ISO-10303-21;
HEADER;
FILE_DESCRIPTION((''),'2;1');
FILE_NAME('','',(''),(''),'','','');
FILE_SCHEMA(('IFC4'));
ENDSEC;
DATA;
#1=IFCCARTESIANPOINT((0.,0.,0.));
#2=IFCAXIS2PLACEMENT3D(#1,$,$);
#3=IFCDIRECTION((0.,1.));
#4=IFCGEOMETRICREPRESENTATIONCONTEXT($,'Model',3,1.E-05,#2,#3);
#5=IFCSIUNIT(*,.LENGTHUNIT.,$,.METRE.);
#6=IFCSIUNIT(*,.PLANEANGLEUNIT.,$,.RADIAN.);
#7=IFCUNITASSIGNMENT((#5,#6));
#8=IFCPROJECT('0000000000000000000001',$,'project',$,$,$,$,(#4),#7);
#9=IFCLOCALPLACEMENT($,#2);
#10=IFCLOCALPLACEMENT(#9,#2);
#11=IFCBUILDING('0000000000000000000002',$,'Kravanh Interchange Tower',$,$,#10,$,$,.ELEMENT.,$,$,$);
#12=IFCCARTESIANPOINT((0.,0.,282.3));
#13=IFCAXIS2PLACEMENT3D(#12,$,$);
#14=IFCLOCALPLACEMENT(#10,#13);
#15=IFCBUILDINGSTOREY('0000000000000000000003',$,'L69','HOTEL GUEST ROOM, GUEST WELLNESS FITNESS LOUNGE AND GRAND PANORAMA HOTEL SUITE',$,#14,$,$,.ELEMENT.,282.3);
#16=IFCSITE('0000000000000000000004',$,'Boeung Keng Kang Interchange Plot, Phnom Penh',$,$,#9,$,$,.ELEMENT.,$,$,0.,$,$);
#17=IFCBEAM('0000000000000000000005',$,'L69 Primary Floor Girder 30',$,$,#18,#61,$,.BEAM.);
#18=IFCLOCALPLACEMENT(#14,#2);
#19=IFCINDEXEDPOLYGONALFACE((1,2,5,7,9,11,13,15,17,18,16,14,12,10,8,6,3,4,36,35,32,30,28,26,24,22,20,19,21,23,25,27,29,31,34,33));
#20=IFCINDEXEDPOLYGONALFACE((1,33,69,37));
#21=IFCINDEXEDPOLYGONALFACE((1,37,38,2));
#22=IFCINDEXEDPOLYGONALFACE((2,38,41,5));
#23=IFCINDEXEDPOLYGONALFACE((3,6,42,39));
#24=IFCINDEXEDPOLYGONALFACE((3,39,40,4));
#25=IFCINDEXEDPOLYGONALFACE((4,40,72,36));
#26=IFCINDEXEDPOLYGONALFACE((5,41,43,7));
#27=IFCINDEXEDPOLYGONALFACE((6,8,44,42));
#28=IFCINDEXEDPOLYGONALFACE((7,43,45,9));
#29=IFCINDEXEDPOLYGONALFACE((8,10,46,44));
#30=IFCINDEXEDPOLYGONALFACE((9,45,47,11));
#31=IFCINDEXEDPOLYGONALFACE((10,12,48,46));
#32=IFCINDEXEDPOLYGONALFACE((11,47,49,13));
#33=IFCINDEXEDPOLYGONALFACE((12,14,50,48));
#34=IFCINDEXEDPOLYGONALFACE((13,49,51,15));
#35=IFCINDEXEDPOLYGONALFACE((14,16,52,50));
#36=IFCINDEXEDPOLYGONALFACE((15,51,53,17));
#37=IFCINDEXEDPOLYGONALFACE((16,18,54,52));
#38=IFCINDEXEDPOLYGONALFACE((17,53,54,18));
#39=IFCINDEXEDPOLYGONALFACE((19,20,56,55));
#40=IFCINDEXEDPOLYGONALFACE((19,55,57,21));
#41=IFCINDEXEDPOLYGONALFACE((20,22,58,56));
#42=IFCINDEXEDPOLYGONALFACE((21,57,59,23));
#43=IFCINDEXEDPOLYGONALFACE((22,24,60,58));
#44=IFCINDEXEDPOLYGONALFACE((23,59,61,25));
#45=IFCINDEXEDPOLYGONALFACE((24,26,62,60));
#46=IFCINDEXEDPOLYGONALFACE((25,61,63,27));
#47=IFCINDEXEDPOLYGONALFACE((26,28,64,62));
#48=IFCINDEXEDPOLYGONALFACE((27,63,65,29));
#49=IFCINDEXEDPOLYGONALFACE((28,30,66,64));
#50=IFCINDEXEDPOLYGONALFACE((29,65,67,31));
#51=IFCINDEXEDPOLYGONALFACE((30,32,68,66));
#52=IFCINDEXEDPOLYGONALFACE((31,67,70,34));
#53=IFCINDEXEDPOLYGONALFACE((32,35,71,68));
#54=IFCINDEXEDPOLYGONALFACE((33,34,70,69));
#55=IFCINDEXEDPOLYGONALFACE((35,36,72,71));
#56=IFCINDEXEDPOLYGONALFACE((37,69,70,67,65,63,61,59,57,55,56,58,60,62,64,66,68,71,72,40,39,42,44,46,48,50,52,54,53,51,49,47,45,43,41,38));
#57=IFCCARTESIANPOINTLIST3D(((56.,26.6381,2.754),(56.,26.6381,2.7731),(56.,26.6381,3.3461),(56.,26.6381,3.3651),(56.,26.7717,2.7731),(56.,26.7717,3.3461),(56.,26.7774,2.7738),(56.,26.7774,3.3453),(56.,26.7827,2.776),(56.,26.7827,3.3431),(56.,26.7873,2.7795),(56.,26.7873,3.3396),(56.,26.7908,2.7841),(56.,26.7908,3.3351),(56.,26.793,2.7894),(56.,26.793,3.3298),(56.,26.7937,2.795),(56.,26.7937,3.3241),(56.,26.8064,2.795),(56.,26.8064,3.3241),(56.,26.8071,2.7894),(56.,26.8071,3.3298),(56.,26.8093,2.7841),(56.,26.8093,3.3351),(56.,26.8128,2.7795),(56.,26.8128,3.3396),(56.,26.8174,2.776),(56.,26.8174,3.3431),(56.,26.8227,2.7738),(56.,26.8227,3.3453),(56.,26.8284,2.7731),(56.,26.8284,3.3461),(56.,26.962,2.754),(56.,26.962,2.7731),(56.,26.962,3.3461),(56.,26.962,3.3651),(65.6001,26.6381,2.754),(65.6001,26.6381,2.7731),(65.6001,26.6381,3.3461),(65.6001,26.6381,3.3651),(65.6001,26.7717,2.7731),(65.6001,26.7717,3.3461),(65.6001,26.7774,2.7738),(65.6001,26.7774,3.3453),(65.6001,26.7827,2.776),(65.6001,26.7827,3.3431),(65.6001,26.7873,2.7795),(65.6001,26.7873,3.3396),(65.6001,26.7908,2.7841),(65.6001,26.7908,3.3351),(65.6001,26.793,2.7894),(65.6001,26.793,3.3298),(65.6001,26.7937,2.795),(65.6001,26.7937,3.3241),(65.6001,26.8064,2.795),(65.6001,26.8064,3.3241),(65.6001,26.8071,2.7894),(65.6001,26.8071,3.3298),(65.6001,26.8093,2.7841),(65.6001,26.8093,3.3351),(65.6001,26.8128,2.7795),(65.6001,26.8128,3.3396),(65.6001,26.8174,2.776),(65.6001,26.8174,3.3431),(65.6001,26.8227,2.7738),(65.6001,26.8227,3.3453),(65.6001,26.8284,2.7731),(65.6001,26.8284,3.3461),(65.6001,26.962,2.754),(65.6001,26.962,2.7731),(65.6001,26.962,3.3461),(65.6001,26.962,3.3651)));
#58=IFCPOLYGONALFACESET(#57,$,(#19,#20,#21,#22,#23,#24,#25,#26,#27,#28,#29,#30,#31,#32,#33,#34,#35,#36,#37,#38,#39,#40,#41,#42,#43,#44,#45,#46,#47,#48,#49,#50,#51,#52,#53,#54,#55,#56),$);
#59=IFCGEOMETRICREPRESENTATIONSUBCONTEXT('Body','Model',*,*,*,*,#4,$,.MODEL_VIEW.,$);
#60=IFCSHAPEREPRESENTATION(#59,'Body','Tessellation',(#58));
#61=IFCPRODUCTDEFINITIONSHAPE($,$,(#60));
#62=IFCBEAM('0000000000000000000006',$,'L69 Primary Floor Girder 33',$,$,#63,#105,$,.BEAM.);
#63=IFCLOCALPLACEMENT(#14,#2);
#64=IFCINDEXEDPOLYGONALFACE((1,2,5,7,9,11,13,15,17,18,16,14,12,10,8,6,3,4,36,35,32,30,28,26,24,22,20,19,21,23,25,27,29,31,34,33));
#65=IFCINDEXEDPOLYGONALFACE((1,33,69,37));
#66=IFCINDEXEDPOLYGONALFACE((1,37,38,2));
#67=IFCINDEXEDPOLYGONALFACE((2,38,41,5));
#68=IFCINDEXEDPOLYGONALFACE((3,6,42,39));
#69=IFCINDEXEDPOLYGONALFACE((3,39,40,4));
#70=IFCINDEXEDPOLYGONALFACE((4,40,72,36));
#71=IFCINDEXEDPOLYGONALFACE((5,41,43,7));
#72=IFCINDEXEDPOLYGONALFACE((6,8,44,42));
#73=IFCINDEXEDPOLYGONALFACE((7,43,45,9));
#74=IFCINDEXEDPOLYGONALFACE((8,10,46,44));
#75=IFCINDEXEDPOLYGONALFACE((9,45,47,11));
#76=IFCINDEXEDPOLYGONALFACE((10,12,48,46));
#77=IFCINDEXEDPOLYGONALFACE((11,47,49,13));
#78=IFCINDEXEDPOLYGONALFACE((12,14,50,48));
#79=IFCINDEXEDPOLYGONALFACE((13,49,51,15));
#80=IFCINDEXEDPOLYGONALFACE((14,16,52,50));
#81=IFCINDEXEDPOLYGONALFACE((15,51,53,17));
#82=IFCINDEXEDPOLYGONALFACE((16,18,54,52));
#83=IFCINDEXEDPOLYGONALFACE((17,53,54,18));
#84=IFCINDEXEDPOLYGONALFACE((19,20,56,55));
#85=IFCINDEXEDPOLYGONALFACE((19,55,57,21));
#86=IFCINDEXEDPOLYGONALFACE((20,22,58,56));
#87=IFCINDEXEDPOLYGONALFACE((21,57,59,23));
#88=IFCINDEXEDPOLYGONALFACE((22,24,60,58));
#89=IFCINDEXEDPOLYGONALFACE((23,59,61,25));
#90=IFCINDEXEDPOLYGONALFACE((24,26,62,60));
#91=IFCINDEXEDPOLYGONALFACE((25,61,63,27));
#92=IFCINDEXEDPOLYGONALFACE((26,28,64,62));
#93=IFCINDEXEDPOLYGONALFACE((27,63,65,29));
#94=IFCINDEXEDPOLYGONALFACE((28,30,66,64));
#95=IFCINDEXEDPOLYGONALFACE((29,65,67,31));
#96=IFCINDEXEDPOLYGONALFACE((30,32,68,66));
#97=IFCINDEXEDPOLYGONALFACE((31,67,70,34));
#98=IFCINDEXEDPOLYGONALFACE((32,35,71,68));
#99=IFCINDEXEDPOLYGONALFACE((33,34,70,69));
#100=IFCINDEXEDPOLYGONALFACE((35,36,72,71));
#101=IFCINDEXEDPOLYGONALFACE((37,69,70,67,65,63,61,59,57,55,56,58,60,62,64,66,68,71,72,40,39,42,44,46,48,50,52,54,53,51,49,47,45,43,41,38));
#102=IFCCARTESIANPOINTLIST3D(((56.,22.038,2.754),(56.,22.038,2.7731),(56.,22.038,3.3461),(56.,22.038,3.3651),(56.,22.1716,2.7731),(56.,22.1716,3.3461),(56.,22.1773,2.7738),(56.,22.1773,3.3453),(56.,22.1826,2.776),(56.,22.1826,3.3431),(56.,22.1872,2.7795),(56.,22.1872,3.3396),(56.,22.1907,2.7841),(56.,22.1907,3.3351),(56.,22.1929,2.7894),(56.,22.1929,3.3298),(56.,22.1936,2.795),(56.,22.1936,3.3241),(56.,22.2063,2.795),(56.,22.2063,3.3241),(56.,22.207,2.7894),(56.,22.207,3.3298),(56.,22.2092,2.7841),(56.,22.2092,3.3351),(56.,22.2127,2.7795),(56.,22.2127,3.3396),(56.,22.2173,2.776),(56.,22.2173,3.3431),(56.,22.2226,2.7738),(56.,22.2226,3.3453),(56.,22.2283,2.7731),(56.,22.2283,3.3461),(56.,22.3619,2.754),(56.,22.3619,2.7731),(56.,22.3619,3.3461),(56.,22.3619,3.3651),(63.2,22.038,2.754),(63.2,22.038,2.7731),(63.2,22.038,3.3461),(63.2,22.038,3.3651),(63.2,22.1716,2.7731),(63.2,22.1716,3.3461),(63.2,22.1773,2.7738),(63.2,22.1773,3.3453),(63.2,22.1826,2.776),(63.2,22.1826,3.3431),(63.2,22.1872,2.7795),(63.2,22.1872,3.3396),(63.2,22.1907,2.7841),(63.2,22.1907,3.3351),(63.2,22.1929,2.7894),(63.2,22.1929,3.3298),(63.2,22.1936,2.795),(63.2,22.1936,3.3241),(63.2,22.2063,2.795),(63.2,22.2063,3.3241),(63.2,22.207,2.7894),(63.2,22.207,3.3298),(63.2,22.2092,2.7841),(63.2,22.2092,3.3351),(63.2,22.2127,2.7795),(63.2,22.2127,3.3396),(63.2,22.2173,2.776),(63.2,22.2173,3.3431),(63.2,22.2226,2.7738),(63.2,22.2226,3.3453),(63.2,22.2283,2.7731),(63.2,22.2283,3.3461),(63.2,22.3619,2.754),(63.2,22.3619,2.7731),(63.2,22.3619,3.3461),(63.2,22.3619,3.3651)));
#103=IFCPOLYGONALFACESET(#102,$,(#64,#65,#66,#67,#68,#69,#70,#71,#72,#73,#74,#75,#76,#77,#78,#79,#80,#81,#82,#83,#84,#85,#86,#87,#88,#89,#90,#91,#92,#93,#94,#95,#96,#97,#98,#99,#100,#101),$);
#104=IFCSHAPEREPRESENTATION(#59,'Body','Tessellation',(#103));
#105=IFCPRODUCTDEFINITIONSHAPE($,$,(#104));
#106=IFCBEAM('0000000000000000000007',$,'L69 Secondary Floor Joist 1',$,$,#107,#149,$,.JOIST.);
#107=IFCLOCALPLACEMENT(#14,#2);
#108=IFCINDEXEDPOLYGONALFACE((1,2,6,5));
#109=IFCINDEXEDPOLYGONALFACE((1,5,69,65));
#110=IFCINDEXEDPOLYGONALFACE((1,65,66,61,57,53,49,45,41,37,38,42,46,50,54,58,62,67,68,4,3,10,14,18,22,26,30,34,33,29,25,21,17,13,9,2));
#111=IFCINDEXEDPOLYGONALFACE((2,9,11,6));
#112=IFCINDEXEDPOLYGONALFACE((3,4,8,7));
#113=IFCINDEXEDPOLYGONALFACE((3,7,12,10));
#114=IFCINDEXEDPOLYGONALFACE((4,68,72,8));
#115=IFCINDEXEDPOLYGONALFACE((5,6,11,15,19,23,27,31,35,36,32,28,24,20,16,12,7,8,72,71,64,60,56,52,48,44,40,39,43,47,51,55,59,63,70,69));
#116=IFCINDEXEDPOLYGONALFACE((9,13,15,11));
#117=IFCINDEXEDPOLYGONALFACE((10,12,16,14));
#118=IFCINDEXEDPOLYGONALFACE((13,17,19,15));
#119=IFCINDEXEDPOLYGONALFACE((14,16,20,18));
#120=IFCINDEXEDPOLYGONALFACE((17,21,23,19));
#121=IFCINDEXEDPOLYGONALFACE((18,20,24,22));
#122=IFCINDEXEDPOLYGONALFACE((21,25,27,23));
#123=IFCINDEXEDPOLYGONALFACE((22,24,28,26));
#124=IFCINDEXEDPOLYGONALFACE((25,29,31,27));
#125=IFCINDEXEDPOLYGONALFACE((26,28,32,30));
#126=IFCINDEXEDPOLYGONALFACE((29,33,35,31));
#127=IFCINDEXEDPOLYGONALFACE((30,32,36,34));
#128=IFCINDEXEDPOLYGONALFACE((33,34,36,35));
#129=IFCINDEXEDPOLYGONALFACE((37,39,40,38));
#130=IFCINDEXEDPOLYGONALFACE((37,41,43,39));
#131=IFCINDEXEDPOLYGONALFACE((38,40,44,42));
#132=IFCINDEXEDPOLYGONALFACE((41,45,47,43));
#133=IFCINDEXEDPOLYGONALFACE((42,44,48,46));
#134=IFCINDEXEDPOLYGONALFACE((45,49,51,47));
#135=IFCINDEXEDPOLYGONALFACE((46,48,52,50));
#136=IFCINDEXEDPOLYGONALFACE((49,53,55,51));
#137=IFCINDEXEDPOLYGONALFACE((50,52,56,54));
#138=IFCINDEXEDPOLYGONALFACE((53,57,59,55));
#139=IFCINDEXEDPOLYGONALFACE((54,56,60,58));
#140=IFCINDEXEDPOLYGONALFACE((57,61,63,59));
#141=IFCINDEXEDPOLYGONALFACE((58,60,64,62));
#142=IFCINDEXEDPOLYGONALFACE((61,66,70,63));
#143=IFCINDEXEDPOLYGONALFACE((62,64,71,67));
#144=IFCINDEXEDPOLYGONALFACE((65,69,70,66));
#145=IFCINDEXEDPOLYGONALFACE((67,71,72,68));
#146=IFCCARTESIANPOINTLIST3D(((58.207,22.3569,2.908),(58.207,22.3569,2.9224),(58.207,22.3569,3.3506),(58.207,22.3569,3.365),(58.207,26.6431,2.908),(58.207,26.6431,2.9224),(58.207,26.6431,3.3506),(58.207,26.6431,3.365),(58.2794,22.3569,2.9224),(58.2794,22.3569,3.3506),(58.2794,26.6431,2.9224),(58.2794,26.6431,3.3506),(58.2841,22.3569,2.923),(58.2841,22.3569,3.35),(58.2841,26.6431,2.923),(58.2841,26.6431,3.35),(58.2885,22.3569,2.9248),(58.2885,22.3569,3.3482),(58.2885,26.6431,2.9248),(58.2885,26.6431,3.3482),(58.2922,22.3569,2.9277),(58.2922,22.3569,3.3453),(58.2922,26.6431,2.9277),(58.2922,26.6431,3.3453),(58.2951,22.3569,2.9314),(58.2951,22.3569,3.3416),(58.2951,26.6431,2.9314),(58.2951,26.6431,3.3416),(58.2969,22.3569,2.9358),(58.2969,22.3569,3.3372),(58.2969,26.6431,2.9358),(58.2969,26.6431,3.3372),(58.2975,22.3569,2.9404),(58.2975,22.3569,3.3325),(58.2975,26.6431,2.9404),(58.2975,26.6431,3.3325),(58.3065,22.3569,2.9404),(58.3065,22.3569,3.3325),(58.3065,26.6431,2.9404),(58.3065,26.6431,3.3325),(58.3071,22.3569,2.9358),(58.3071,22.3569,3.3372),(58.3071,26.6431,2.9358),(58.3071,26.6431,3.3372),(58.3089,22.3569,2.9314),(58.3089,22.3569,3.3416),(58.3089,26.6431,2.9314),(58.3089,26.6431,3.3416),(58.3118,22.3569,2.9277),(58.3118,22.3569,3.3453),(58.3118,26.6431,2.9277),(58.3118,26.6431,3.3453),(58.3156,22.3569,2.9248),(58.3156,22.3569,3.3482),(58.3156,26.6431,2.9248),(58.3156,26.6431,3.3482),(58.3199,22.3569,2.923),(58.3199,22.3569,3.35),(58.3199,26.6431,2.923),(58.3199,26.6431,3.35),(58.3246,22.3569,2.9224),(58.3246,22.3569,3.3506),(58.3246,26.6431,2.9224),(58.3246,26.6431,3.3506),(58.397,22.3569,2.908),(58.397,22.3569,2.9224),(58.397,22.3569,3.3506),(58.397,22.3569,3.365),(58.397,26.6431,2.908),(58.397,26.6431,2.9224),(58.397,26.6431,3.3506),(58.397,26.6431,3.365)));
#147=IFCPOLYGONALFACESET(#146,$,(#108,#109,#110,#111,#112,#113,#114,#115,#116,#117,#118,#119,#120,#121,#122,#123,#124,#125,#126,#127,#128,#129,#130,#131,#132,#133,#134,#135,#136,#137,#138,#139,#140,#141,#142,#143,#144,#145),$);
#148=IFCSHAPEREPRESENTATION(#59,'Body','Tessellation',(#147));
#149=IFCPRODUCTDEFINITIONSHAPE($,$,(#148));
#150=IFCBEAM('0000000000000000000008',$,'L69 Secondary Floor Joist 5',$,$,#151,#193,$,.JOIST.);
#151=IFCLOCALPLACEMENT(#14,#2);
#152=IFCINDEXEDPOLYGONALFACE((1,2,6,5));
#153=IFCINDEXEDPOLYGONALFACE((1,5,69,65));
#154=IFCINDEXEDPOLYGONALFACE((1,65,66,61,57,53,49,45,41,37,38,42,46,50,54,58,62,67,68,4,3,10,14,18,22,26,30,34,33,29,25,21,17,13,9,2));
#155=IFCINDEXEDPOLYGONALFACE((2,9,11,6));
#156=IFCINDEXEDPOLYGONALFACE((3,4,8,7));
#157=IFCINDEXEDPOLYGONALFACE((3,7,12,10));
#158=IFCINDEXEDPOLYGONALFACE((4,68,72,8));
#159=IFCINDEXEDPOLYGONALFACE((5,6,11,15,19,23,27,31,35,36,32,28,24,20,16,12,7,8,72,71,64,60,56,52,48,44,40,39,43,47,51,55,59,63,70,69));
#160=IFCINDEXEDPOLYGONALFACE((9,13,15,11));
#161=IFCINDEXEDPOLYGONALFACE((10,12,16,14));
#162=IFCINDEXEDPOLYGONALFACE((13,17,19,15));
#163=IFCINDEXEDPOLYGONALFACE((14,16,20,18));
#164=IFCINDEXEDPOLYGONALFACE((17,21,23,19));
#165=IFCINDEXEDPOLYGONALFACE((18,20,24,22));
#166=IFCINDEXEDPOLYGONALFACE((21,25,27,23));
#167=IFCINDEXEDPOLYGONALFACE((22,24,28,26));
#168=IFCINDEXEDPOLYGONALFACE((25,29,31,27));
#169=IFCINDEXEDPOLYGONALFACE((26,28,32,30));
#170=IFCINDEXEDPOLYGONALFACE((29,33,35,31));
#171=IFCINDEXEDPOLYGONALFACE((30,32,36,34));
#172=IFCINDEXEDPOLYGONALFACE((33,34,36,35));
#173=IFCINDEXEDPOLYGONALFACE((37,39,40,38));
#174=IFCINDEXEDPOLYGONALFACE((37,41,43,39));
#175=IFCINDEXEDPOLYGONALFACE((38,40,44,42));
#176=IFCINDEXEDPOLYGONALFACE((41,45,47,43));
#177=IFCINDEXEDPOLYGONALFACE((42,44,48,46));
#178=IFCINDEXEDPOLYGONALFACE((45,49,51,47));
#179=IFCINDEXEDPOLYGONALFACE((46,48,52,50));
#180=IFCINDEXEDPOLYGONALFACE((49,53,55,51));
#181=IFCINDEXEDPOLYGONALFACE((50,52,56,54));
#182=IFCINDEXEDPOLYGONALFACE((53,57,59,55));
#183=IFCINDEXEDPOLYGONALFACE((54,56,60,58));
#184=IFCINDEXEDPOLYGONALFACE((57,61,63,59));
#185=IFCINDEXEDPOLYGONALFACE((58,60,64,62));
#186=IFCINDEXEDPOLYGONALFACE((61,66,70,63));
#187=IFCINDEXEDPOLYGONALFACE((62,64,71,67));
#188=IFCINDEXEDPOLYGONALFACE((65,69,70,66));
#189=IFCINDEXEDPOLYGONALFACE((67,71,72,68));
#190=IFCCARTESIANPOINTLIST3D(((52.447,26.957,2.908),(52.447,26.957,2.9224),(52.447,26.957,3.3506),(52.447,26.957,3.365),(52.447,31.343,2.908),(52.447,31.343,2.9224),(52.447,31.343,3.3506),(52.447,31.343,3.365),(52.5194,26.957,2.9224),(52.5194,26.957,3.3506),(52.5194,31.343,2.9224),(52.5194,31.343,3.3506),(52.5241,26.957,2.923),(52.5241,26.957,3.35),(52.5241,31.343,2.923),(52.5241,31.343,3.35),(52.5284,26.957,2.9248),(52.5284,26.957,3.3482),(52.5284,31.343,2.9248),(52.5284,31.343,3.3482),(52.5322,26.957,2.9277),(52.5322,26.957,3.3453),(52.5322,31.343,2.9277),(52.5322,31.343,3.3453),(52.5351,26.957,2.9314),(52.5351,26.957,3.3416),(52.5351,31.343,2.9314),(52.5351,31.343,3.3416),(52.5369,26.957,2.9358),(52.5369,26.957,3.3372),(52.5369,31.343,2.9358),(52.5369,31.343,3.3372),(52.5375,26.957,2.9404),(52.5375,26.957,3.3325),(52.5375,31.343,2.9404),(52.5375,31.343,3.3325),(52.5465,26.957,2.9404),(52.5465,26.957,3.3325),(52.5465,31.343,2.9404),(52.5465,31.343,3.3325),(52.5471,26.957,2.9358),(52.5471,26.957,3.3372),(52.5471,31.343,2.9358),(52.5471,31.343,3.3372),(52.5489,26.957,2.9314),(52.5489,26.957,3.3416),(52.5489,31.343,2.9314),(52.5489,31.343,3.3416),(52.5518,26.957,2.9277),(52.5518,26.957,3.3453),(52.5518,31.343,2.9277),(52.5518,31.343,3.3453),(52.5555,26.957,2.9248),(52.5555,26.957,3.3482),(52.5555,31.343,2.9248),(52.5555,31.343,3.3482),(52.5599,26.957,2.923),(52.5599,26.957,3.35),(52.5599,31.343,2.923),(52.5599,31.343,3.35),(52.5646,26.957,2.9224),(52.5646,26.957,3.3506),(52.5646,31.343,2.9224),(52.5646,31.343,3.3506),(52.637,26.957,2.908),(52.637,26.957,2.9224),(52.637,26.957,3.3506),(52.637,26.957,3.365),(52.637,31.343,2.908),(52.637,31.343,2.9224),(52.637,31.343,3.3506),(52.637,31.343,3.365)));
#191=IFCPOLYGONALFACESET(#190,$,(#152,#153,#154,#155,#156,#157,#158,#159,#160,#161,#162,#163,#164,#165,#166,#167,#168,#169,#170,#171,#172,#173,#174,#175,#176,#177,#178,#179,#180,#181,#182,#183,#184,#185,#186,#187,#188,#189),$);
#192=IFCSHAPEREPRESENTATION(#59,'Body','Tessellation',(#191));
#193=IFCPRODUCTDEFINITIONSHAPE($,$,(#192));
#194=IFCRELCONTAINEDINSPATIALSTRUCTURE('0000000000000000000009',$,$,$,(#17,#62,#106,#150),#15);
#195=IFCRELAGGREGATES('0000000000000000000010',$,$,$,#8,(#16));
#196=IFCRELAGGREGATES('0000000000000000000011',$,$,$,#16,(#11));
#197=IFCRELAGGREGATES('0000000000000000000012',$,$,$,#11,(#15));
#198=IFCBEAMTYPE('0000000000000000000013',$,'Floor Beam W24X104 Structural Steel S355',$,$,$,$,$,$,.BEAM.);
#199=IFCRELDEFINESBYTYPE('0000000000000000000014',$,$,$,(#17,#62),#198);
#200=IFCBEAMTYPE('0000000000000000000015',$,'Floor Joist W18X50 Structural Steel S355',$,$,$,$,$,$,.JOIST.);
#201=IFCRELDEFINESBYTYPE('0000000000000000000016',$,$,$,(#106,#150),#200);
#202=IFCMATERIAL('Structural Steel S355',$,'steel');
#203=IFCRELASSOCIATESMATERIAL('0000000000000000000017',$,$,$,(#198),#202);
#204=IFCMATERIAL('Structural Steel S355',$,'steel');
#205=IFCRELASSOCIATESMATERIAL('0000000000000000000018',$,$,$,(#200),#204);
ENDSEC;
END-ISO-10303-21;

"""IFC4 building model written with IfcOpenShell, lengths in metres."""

from ifc_helpers import new_model, si_unit, direction, frame, origin, origin_2d, place, context, subcontext, project, spatial, i_section, extrude, material, material_profile, profile_set, type_object, element, save


model = new_model("IFC4")

# Units and contexts
model_context = context("Model", 3, precision=1e-05, world=origin(), true_north=direction((0.0, 1.0)))
body_context = subcontext(model_context, "Body", "Model", "MODEL_VIEW")
ifc_project = project(units=[si_unit("LENGTHUNIT", "METRE"), si_unit("PLANEANGLEUNIT", "RADIAN")], contexts=[model_context])

# Site, building, storey
site_placement = place(None, origin())
site = spatial("IfcSite", under=ifc_project, at=site_placement, Name="Boeung Keng Kang Interchange Plot, Phnom Penh", CompositionType="ELEMENT", RefElevation=0.0)
building_placement = place(site_placement, origin())
building = spatial("IfcBuilding", under=site, at=building_placement, Name="Kravanh Interchange Tower", CompositionType="ELEMENT")
storey_placement = place(building_placement, frame((0.0, 0.0, 282.3)))
storey = spatial("IfcBuildingStorey", under=building, at=storey_placement, Name="L69", Description="HOTEL GUEST ROOM, GUEST WELLNESS FITNESS LOUNGE AND GRAND PANORAMA HOTEL SUITE", CompositionType="ELEMENT", Elevation=282.3)

# Beams
ifc_material_1 = material(Name="Structural Steel S355", Category="steel")
ifc_material_profile_1 = material_profile(ifc_material_1, i_section(OverallWidth=0.324, OverallDepth=0.6111, WebThickness=0.0127, FlangeThickness=0.019, FilletRadius=0.022, at=origin_2d()), Name="W24X104")
ifc_profile_set_1 = profile_set([ifc_material_profile_1], Name="Structural Steel S355")
beam_type_1 = type_object("IfcBeamType", Name="Floor Beam W24X104 Structural Steel S355", PredefinedType="BEAM", material=ifc_profile_set_1)
beam_1_placement = place(storey_placement, frame((56.0, 26.8, 3.0596), z_axis=(1.0, 0.0, 0.0), x_axis=(0.0, 1.0, 0.0)))
element("IfcBeam", 1, at=beam_1_placement, inside=storey, type_object=beam_type_1, Name="L69 Primary Floor Girder 30", PredefinedType="BEAM", context=body_context, shape_type="SweptSolid", body=[
    extrude(i_section(OverallWidth=0.324, OverallDepth=0.6111, WebThickness=0.0127, FlangeThickness=0.019, FilletRadius=0.022, at=origin_2d()), origin(), (0.0, 0.0, 1.0), 9.6001),
])
beam_2_placement = place(storey_placement, frame((56.0, 22.2, 3.0596), z_axis=(1.0, 0.0, 0.0), x_axis=(0.0, 1.0, 0.0)))
element("IfcBeam", 2, at=beam_2_placement, inside=storey, type_object=beam_type_1, Name="L69 Primary Floor Girder 33", PredefinedType="BEAM", context=body_context, shape_type="SweptSolid", body=[
    extrude(i_section(OverallWidth=0.324, OverallDepth=0.6111, WebThickness=0.0127, FlangeThickness=0.019, FilletRadius=0.022, at=origin_2d()), origin(), (0.0, 0.0, 1.0), 7.2),
])
ifc_material_2 = material(Name="Structural Steel S355", Category="steel")
ifc_material_profile_2 = material_profile(ifc_material_2, i_section(OverallWidth=0.1899, OverallDepth=0.457, WebThickness=0.009, FlangeThickness=0.0144, FilletRadius=0.0181, at=origin_2d()), Name="W18X50")
ifc_profile_set_2 = profile_set([ifc_material_profile_2], Name="Structural Steel S355")
beam_type_2 = type_object("IfcBeamType", Name="Floor Joist W18X50 Structural Steel S355", PredefinedType="JOIST", material=ifc_profile_set_2)
beam_3_placement = place(storey_placement, frame((58.302, 22.3569, 3.1365), z_axis=(0.0, 1.0, 0.0), x_axis=(-1.0, 0.0, 0.0)))
element("IfcBeam", 3, at=beam_3_placement, inside=storey, type_object=beam_type_2, Name="L69 Secondary Floor Joist 1", PredefinedType="JOIST", context=body_context, shape_type="SweptSolid", body=[
    extrude(i_section(OverallWidth=0.1899, OverallDepth=0.457, WebThickness=0.009, FlangeThickness=0.0144, FilletRadius=0.0181, at=origin_2d()), origin(), (0.0, 0.0, 1.0), 4.2861),
])
for number, where, z_axis, x_axis, name in (
    (4, (52.542, 26.957, 3.1365), (0.0, 1.0, 0.0), (-1.0, 0.0, 0.0), "L69 Secondary Floor Joist 5"),
):
    element("IfcBeam", number, at=place(storey_placement, frame(where, z_axis=z_axis, x_axis=x_axis)), inside=storey, type_object=beam_type_2, Name=name, PredefinedType="JOIST", context=body_context, shape_type="SweptSolid", body=[
        extrude(i_section(OverallWidth=0.1899, OverallDepth=0.457, WebThickness=0.009, FlangeThickness=0.0144, FilletRadius=0.0181, at=origin_2d()), origin(), (0.0, 0.0, 1.0), 4.386),
    ])

save(model, "model.ifc")
